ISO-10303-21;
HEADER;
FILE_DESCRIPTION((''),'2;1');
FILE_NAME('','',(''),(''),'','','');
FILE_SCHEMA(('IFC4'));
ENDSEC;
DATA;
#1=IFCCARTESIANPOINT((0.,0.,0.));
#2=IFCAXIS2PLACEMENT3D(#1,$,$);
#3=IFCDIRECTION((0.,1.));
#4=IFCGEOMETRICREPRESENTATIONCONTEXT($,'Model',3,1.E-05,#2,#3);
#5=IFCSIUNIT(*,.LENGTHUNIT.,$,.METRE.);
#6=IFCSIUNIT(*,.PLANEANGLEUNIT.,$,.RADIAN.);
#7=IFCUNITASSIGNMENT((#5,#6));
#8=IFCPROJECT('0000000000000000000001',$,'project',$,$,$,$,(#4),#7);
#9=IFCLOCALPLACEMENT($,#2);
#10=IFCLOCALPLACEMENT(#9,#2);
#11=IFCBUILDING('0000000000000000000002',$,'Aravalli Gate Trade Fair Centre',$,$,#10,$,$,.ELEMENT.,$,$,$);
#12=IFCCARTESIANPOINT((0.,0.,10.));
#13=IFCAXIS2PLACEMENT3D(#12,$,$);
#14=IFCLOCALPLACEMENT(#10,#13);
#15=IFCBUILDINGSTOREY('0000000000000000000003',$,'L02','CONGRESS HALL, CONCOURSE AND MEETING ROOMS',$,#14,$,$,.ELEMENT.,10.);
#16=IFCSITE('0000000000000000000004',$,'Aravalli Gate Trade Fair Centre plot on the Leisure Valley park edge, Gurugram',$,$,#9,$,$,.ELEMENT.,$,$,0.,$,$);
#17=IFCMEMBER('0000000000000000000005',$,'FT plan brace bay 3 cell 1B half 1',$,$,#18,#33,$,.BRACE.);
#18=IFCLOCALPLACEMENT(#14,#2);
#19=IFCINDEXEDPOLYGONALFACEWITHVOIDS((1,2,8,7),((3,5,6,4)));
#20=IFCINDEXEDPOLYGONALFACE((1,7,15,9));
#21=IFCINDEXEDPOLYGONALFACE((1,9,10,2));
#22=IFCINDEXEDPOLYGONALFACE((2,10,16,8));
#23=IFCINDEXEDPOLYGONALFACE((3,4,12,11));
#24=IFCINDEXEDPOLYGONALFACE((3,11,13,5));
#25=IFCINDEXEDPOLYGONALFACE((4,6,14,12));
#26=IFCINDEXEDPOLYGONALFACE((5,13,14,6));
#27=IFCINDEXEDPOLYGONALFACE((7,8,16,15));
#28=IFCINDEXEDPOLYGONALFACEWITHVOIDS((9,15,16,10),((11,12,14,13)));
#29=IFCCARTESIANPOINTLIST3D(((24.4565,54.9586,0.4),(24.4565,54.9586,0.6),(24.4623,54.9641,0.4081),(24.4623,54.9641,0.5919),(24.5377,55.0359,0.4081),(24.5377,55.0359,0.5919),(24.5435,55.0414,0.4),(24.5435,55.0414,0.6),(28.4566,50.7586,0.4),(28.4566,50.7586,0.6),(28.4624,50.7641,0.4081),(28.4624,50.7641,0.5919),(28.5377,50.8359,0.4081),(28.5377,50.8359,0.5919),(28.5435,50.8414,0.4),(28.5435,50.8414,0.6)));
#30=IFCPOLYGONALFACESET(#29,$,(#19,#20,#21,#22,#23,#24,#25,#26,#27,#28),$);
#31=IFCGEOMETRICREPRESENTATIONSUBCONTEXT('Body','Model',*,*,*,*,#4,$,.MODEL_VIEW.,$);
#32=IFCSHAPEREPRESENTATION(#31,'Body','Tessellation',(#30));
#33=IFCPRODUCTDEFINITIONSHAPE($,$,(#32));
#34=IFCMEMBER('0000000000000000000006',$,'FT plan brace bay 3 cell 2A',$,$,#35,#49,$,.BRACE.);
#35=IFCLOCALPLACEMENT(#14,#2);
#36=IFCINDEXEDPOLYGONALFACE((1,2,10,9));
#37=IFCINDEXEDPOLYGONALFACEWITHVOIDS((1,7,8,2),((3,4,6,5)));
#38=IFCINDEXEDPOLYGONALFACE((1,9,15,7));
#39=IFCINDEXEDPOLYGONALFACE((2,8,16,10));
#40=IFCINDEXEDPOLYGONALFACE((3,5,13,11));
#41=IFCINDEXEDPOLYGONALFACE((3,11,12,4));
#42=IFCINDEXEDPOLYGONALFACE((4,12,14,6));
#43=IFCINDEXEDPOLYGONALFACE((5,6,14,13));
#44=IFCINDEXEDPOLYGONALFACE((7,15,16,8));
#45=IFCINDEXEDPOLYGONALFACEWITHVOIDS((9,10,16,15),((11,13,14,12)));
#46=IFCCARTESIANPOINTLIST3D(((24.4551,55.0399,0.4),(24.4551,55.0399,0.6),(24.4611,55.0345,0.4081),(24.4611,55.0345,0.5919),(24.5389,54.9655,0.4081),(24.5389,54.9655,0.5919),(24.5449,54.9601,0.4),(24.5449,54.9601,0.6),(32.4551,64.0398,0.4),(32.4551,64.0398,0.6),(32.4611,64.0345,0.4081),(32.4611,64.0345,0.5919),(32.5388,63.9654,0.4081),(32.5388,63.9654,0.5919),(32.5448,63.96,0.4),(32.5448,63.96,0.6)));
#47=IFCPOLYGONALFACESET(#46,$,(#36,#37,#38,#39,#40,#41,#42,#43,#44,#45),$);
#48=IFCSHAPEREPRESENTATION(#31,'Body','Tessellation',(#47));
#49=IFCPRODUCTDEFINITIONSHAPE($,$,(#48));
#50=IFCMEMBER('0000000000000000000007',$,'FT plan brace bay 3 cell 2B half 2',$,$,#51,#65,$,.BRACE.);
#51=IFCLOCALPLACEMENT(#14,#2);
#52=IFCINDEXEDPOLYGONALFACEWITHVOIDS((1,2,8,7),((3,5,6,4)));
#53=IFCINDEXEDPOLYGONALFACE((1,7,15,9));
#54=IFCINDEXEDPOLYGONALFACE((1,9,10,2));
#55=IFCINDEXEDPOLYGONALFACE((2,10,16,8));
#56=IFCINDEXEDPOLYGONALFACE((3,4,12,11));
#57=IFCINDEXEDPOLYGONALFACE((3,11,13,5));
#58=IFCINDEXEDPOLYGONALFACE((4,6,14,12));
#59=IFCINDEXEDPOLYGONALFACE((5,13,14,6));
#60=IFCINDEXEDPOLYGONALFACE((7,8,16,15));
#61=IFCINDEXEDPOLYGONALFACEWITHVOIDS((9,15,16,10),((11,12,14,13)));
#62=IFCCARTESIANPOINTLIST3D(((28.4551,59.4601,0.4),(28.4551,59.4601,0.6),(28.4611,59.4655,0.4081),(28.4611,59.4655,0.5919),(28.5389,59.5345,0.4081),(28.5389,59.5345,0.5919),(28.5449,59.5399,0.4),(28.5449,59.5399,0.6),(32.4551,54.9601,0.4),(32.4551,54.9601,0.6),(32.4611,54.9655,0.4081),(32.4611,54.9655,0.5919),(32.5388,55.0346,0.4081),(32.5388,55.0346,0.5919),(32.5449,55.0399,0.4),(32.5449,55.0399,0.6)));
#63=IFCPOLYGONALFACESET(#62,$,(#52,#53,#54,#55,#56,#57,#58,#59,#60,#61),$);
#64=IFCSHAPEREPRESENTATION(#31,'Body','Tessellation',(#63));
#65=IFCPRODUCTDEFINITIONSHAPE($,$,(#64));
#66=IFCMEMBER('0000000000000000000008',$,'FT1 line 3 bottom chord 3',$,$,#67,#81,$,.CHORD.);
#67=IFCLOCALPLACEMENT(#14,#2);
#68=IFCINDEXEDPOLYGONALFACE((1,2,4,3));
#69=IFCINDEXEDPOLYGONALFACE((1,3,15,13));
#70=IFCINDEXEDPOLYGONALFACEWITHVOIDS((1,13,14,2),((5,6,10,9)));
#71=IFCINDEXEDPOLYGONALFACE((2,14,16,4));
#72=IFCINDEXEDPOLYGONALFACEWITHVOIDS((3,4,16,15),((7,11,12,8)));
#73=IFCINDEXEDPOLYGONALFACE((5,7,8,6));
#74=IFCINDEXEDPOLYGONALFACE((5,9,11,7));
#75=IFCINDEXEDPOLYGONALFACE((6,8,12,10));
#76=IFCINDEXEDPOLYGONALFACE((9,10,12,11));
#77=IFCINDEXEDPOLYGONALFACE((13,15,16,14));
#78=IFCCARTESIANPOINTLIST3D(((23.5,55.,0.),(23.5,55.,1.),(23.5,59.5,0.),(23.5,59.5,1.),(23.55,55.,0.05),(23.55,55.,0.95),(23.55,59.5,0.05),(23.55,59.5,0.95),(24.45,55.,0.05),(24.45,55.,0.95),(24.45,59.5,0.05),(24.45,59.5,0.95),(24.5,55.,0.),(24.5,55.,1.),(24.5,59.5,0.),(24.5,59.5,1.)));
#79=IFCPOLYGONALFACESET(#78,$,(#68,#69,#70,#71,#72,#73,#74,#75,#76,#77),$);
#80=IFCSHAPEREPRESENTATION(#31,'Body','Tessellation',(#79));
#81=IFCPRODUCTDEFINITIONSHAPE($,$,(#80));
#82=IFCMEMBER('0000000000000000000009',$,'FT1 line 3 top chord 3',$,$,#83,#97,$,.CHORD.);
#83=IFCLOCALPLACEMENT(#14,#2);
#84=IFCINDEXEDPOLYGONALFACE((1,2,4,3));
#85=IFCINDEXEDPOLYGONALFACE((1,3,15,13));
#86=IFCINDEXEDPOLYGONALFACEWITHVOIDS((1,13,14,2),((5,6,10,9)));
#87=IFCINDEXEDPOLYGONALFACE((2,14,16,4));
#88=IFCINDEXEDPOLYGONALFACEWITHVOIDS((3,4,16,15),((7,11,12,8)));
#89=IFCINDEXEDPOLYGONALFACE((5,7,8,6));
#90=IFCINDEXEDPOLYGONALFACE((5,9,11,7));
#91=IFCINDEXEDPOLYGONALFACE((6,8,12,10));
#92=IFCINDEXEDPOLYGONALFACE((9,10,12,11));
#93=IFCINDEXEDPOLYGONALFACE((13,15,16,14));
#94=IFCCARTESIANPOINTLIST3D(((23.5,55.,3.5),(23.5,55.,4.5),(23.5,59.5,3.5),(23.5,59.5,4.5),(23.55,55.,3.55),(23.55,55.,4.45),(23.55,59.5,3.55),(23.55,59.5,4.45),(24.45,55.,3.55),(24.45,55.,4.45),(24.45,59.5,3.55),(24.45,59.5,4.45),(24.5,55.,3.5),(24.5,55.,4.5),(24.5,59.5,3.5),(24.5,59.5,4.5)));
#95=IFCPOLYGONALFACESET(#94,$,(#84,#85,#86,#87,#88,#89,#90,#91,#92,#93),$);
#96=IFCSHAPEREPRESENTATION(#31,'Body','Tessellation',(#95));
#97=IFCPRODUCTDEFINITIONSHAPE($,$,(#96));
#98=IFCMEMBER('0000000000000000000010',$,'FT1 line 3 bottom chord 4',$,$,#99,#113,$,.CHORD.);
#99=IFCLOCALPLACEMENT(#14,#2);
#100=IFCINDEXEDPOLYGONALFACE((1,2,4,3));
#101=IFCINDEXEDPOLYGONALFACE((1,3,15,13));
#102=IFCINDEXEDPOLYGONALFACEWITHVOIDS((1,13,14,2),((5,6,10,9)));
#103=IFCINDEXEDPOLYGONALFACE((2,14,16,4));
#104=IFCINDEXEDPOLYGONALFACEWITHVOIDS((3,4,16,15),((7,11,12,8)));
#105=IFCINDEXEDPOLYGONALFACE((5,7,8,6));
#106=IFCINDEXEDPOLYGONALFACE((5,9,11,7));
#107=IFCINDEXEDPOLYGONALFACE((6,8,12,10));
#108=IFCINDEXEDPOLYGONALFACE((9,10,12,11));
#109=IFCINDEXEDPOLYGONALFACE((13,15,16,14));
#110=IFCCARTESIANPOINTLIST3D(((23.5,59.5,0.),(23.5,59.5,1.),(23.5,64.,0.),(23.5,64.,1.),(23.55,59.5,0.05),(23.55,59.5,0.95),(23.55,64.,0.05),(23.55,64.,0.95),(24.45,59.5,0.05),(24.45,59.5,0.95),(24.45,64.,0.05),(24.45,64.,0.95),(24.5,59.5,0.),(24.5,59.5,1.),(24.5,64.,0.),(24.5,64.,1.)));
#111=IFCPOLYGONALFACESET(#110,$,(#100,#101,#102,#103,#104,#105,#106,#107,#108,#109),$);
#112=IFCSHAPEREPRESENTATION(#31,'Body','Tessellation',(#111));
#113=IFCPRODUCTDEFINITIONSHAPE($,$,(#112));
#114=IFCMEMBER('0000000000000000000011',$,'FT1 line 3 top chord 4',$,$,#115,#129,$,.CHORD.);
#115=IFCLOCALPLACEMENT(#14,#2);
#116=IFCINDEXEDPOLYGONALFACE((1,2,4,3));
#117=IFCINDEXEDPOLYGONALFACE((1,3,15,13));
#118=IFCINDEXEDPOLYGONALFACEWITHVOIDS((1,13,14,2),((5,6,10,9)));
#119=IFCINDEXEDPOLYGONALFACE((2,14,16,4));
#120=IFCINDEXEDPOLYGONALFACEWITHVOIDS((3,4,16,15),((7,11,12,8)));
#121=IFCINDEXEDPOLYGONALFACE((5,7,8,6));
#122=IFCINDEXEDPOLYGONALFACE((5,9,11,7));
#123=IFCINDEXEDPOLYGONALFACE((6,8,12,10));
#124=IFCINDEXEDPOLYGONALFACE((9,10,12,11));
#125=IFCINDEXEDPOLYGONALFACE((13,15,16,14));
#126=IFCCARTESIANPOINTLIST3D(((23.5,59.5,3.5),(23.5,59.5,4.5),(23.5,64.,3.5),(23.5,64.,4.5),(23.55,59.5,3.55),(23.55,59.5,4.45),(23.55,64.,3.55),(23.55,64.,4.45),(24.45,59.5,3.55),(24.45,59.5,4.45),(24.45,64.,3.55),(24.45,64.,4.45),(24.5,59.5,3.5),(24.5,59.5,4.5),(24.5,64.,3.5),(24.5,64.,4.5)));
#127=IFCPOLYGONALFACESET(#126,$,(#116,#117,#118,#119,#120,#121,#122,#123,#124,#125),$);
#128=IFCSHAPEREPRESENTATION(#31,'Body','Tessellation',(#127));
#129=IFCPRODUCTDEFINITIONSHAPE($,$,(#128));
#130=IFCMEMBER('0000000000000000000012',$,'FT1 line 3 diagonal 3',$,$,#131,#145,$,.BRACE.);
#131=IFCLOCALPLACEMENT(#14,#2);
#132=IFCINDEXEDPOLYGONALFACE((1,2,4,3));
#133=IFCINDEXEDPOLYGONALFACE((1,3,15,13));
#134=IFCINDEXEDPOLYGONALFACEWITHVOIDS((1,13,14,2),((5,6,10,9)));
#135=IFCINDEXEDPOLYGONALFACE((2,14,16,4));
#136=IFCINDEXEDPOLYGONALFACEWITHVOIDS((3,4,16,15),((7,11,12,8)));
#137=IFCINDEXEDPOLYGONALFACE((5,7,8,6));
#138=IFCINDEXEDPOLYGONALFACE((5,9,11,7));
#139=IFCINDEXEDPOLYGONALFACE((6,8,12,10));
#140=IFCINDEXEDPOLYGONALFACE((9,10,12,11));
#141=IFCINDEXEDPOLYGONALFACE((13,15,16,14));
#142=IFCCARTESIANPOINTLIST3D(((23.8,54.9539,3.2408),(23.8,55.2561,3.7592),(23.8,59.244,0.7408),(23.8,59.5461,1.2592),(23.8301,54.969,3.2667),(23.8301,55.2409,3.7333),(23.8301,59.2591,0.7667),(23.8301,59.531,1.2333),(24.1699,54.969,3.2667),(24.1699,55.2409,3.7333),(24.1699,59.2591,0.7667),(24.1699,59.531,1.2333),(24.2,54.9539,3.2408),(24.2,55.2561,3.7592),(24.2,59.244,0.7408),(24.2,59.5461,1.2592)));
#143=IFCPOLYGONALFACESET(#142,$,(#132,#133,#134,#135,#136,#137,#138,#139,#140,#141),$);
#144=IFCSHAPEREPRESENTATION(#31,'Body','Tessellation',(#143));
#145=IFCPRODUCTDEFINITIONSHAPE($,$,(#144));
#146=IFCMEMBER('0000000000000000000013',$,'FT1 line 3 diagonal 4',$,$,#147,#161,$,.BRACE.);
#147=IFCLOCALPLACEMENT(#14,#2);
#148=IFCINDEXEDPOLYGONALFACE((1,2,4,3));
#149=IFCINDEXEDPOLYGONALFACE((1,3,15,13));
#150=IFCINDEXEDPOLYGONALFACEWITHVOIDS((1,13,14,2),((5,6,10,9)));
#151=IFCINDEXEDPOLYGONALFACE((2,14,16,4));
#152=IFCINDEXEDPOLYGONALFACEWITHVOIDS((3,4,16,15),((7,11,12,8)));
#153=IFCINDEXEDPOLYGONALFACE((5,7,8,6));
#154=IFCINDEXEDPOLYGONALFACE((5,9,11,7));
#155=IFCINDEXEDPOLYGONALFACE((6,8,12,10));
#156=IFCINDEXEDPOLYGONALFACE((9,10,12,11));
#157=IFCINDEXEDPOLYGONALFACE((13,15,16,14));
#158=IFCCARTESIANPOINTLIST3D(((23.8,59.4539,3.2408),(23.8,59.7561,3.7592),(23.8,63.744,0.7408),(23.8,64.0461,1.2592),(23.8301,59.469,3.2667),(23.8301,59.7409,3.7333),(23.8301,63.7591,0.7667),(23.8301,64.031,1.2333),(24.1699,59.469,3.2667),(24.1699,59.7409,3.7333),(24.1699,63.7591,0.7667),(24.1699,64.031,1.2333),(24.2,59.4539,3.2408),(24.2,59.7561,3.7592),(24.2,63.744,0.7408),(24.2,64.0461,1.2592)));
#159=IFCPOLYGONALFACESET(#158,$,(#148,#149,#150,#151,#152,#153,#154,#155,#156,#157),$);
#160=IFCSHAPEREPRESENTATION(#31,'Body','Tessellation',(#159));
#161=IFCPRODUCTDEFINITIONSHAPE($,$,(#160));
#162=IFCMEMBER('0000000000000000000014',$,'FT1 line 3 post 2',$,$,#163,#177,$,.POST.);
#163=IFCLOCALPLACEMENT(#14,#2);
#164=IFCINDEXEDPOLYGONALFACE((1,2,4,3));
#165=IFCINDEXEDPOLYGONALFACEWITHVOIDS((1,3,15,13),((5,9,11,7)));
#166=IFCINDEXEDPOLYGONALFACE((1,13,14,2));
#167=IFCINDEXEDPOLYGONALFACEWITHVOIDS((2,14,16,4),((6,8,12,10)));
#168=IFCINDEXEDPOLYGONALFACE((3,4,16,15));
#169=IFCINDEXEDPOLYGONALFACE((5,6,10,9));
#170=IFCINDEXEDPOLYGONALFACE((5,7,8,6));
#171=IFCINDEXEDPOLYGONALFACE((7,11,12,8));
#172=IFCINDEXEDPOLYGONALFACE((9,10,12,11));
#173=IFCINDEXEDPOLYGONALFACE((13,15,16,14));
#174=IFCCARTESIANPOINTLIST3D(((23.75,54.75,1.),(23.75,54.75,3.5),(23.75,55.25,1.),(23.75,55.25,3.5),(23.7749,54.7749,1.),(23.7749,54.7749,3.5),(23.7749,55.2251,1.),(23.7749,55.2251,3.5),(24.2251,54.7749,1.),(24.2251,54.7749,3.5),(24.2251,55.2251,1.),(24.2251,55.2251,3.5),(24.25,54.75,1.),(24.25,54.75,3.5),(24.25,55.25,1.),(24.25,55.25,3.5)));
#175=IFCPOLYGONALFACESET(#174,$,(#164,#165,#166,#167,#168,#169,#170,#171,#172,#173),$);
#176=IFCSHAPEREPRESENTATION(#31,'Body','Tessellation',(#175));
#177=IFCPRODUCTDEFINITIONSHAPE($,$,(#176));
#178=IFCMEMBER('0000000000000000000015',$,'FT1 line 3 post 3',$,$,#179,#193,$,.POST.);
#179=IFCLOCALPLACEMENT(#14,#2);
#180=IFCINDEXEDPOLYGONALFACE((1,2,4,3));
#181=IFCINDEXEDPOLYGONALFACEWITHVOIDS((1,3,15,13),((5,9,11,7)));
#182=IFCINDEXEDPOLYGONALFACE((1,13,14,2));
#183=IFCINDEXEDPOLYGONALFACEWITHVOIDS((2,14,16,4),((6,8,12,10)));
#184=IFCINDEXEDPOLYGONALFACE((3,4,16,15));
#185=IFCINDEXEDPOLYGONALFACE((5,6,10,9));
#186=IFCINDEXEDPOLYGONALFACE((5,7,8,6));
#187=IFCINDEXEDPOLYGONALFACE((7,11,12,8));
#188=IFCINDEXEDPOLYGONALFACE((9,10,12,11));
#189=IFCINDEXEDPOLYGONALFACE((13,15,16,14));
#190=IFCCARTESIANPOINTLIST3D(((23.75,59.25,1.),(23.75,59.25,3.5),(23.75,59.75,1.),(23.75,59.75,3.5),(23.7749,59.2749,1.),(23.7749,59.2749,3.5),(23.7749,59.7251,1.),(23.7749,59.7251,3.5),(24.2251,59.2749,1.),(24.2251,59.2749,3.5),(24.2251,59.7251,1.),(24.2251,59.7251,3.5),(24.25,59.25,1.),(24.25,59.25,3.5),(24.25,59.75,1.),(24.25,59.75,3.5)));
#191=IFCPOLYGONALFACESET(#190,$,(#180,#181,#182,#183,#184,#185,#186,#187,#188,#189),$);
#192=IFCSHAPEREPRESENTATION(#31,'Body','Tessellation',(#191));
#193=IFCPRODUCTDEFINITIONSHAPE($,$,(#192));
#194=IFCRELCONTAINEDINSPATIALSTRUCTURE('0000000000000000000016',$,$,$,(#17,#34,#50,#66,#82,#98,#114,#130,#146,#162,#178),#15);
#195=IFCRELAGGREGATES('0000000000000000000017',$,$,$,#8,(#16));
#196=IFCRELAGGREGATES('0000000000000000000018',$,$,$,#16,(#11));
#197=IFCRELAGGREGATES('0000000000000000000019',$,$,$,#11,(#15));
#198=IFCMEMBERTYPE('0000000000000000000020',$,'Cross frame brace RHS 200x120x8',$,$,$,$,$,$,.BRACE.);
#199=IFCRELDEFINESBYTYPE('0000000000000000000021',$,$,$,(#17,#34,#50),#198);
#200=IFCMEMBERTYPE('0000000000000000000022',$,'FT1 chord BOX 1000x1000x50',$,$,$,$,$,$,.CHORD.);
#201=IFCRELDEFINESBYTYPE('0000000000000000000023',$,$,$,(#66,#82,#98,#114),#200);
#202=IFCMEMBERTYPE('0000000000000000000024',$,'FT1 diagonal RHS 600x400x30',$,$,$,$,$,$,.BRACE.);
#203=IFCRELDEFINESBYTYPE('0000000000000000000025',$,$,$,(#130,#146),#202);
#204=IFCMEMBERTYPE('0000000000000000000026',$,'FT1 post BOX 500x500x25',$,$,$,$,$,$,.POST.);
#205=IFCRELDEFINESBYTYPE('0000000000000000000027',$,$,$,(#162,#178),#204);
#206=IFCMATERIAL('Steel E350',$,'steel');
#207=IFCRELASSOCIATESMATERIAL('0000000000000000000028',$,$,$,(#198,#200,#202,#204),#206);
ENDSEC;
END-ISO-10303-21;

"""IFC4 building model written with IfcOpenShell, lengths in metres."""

from ifc_helpers import new_model, si_unit, direction, frame, origin, origin_2d, place, context, subcontext, project, spatial, hollow_rectangle, extrude, material, material_profile, profile_set, type_object, element, save


model = new_model("IFC4")

# Units and contexts
model_context = context("Model", 3, precision=1e-05, world=origin(), true_north=direction((0.0, 1.0)))
body_context = subcontext(model_context, "Body", "Model", "MODEL_VIEW")
ifc_project = project(units=[si_unit("LENGTHUNIT", "METRE"), si_unit("PLANEANGLEUNIT", "RADIAN")], contexts=[model_context])

# Site, building, storey
site_placement = place(None, origin())
site = spatial("IfcSite", under=ifc_project, at=site_placement, Name="Aravalli Gate Trade Fair Centre plot on the Leisure Valley park edge, Gurugram", CompositionType="ELEMENT", RefElevation=0.0)
building_placement = place(site_placement, origin())
building = spatial("IfcBuilding", under=site, at=building_placement, Name="Aravalli Gate Trade Fair Centre", CompositionType="ELEMENT")
storey_placement = place(building_placement, frame((0.0, 0.0, 10.0)))
storey = spatial("IfcBuildingStorey", under=building, at=storey_placement, Name="L02", Description="CONGRESS HALL, CONCOURSE AND MEETING ROOMS", CompositionType="ELEMENT", Elevation=10.0)

# Members
ifc_material_1 = material(Name="Steel E350", Category="steel")
ifc_material_profile_1 = material_profile(ifc_material_1, hollow_rectangle(XDim=0.1201, YDim=0.2, WallThickness=0.0081, at=origin_2d()), Name="RHS 200x120x8")
ifc_profile_set_1 = profile_set([ifc_material_profile_1], Name="Steel E350")
member_type_1 = type_object("IfcMemberType", Name="Cross frame brace RHS 200x120x8", PredefinedType="BRACE", material=ifc_profile_set_1)
member_1_placement = place(storey_placement, frame((24.5, 55.0, 0.5), z_axis=(0.689659, -0.724134, 0.0), x_axis=(0.724134, 0.689659, 0.0)))
element("IfcMember", 1, at=member_1_placement, inside=storey, type_object=member_type_1, Name="FT plan brace bay 3 cell 1B half 1", PredefinedType="BRACE", context=body_context, shape_type="SweptSolid", body=[
    extrude(hollow_rectangle(XDim=0.1201, YDim=0.2, WallThickness=0.0081, at=origin_2d()), origin(), (0.0, 0.0, 1.0), 5.8),
])
member_2_placement = place(storey_placement, frame((24.5, 55.0, 0.5), z_axis=(0.664364, 0.747409, 0.0), x_axis=(-0.747409, 0.664364, 0.0)))
element("IfcMember", 2, at=member_2_placement, inside=storey, type_object=member_type_1, Name="FT plan brace bay 3 cell 2A", PredefinedType="BRACE", context=body_context, shape_type="SweptSolid", body=[
    extrude(hollow_rectangle(XDim=0.1201, YDim=0.2, WallThickness=0.0081, at=origin_2d()), origin(), (0.0, 0.0, 1.0), 12.0415),
])
member_3_placement = place(storey_placement, frame((28.5, 59.5, 0.5), z_axis=(0.664364, -0.747409, 0.0), x_axis=(0.747409, 0.664364, 0.0)))
element("IfcMember", 3, at=member_3_placement, inside=storey, type_object=member_type_1, Name="FT plan brace bay 3 cell 2B half 2", PredefinedType="BRACE", context=body_context, shape_type="SweptSolid", body=[
    extrude(hollow_rectangle(XDim=0.1201, YDim=0.2, WallThickness=0.0081, at=origin_2d()), origin(), (0.0, 0.0, 1.0), 6.0208),
])
ifc_material_profile_2 = material_profile(ifc_material_1, hollow_rectangle(XDim=1.0, YDim=1.0, WallThickness=0.05, at=origin_2d()), Name="BOX 1000x1000x50")
ifc_profile_set_2 = profile_set([ifc_material_profile_2], Name="Steel E350")
member_type_2 = type_object("IfcMemberType", Name="FT1 chord BOX 1000x1000x50", PredefinedType="CHORD", material=ifc_profile_set_2)
for number, where, z_axis, x_axis, name in (
    (4, (24.0, 55.0, 0.5), (0.0, 1.0, 0.0), (-1.0, 0.0, 0.0), "FT1 line 3 bottom chord 3"),
    (5, (24.0, 55.0, 4.0), (0.0, 1.0, 0.0), (-1.0, 0.0, 0.0), "FT1 line 3 top chord 3"),
    (6, (24.0, 59.5, 0.5), (0.0, 1.0, 0.0), (-1.0, 0.0, 0.0), "FT1 line 3 bottom chord 4"),
    (7, (24.0, 59.5, 4.0), (0.0, 1.0, 0.0), (-1.0, 0.0, 0.0), "FT1 line 3 top chord 4"),
):
    element("IfcMember", number, at=place(storey_placement, frame(where, z_axis=z_axis, x_axis=x_axis)), inside=storey, type_object=member_type_2, Name=name, PredefinedType="CHORD", context=body_context, shape_type="SweptSolid", body=[
        extrude(hollow_rectangle(XDim=1.0, YDim=1.0, WallThickness=0.05, at=origin_2d()), origin(), (0.0, 0.0, 1.0), 4.5),
    ])
ifc_material_profile_3 = material_profile(ifc_material_1, hollow_rectangle(XDim=0.3999, YDim=0.6001, WallThickness=0.03, at=origin_2d()), Name="RHS 600x400x30")
ifc_profile_set_3 = profile_set([ifc_material_profile_3], Name="Steel E350")
member_type_3 = type_object("IfcMemberType", Name="FT1 diagonal RHS 600x400x30", PredefinedType="BRACE", material=ifc_profile_set_3)
for number, where, z_axis, x_axis, name in (
    (8, (24.0, 55.105, 3.5), (0.0, 0.864, -0.503492), (-1.0, 0.0, 0.0), "FT1 line 3 diagonal 3"),
    (9, (24.0, 59.605, 3.5), (0.0, 0.864, -0.503492), (-1.0, 0.0, 0.0), "FT1 line 3 diagonal 4"),
):
    element("IfcMember", number, at=place(storey_placement, frame(where, z_axis=z_axis, x_axis=x_axis)), inside=storey, type_object=member_type_3, Name=name, PredefinedType="BRACE", context=body_context, shape_type="SweptSolid", body=[
        extrude(hollow_rectangle(XDim=0.3999, YDim=0.6001, WallThickness=0.03, at=origin_2d()), origin(), (0.0, 0.0, 1.0), 4.9653),
    ])
ifc_material_profile_4 = material_profile(ifc_material_1, hollow_rectangle(XDim=0.5, YDim=0.5, WallThickness=0.0249, at=origin_2d()), Name="BOX 500x500x25")
ifc_profile_set_4 = profile_set([ifc_material_profile_4], Name="Steel E350")
member_type_4 = type_object("IfcMemberType", Name="FT1 post BOX 500x500x25", PredefinedType="POST", material=ifc_profile_set_4)
for number, where, z_axis, x_axis, name in (
    (10, (24.0, 55.0, 1.0), (0.0, 0.0, 1.0), (1.0, 0.0, 0.0), "FT1 line 3 post 2"),
    (11, (24.0, 59.5, 1.0), (0.0, 0.0, 1.0), (1.0, 0.0, 0.0), "FT1 line 3 post 3"),
):
    element("IfcMember", number, at=place(storey_placement, frame(where, z_axis=z_axis, x_axis=x_axis)), inside=storey, type_object=member_type_4, Name=name, PredefinedType="POST", context=body_context, shape_type="SweptSolid", body=[
        extrude(hollow_rectangle(XDim=0.5, YDim=0.5, WallThickness=0.0249, at=origin_2d()), origin(), (0.0, 0.0, 1.0), 2.5),
    ])

save(model, "model.ifc")
